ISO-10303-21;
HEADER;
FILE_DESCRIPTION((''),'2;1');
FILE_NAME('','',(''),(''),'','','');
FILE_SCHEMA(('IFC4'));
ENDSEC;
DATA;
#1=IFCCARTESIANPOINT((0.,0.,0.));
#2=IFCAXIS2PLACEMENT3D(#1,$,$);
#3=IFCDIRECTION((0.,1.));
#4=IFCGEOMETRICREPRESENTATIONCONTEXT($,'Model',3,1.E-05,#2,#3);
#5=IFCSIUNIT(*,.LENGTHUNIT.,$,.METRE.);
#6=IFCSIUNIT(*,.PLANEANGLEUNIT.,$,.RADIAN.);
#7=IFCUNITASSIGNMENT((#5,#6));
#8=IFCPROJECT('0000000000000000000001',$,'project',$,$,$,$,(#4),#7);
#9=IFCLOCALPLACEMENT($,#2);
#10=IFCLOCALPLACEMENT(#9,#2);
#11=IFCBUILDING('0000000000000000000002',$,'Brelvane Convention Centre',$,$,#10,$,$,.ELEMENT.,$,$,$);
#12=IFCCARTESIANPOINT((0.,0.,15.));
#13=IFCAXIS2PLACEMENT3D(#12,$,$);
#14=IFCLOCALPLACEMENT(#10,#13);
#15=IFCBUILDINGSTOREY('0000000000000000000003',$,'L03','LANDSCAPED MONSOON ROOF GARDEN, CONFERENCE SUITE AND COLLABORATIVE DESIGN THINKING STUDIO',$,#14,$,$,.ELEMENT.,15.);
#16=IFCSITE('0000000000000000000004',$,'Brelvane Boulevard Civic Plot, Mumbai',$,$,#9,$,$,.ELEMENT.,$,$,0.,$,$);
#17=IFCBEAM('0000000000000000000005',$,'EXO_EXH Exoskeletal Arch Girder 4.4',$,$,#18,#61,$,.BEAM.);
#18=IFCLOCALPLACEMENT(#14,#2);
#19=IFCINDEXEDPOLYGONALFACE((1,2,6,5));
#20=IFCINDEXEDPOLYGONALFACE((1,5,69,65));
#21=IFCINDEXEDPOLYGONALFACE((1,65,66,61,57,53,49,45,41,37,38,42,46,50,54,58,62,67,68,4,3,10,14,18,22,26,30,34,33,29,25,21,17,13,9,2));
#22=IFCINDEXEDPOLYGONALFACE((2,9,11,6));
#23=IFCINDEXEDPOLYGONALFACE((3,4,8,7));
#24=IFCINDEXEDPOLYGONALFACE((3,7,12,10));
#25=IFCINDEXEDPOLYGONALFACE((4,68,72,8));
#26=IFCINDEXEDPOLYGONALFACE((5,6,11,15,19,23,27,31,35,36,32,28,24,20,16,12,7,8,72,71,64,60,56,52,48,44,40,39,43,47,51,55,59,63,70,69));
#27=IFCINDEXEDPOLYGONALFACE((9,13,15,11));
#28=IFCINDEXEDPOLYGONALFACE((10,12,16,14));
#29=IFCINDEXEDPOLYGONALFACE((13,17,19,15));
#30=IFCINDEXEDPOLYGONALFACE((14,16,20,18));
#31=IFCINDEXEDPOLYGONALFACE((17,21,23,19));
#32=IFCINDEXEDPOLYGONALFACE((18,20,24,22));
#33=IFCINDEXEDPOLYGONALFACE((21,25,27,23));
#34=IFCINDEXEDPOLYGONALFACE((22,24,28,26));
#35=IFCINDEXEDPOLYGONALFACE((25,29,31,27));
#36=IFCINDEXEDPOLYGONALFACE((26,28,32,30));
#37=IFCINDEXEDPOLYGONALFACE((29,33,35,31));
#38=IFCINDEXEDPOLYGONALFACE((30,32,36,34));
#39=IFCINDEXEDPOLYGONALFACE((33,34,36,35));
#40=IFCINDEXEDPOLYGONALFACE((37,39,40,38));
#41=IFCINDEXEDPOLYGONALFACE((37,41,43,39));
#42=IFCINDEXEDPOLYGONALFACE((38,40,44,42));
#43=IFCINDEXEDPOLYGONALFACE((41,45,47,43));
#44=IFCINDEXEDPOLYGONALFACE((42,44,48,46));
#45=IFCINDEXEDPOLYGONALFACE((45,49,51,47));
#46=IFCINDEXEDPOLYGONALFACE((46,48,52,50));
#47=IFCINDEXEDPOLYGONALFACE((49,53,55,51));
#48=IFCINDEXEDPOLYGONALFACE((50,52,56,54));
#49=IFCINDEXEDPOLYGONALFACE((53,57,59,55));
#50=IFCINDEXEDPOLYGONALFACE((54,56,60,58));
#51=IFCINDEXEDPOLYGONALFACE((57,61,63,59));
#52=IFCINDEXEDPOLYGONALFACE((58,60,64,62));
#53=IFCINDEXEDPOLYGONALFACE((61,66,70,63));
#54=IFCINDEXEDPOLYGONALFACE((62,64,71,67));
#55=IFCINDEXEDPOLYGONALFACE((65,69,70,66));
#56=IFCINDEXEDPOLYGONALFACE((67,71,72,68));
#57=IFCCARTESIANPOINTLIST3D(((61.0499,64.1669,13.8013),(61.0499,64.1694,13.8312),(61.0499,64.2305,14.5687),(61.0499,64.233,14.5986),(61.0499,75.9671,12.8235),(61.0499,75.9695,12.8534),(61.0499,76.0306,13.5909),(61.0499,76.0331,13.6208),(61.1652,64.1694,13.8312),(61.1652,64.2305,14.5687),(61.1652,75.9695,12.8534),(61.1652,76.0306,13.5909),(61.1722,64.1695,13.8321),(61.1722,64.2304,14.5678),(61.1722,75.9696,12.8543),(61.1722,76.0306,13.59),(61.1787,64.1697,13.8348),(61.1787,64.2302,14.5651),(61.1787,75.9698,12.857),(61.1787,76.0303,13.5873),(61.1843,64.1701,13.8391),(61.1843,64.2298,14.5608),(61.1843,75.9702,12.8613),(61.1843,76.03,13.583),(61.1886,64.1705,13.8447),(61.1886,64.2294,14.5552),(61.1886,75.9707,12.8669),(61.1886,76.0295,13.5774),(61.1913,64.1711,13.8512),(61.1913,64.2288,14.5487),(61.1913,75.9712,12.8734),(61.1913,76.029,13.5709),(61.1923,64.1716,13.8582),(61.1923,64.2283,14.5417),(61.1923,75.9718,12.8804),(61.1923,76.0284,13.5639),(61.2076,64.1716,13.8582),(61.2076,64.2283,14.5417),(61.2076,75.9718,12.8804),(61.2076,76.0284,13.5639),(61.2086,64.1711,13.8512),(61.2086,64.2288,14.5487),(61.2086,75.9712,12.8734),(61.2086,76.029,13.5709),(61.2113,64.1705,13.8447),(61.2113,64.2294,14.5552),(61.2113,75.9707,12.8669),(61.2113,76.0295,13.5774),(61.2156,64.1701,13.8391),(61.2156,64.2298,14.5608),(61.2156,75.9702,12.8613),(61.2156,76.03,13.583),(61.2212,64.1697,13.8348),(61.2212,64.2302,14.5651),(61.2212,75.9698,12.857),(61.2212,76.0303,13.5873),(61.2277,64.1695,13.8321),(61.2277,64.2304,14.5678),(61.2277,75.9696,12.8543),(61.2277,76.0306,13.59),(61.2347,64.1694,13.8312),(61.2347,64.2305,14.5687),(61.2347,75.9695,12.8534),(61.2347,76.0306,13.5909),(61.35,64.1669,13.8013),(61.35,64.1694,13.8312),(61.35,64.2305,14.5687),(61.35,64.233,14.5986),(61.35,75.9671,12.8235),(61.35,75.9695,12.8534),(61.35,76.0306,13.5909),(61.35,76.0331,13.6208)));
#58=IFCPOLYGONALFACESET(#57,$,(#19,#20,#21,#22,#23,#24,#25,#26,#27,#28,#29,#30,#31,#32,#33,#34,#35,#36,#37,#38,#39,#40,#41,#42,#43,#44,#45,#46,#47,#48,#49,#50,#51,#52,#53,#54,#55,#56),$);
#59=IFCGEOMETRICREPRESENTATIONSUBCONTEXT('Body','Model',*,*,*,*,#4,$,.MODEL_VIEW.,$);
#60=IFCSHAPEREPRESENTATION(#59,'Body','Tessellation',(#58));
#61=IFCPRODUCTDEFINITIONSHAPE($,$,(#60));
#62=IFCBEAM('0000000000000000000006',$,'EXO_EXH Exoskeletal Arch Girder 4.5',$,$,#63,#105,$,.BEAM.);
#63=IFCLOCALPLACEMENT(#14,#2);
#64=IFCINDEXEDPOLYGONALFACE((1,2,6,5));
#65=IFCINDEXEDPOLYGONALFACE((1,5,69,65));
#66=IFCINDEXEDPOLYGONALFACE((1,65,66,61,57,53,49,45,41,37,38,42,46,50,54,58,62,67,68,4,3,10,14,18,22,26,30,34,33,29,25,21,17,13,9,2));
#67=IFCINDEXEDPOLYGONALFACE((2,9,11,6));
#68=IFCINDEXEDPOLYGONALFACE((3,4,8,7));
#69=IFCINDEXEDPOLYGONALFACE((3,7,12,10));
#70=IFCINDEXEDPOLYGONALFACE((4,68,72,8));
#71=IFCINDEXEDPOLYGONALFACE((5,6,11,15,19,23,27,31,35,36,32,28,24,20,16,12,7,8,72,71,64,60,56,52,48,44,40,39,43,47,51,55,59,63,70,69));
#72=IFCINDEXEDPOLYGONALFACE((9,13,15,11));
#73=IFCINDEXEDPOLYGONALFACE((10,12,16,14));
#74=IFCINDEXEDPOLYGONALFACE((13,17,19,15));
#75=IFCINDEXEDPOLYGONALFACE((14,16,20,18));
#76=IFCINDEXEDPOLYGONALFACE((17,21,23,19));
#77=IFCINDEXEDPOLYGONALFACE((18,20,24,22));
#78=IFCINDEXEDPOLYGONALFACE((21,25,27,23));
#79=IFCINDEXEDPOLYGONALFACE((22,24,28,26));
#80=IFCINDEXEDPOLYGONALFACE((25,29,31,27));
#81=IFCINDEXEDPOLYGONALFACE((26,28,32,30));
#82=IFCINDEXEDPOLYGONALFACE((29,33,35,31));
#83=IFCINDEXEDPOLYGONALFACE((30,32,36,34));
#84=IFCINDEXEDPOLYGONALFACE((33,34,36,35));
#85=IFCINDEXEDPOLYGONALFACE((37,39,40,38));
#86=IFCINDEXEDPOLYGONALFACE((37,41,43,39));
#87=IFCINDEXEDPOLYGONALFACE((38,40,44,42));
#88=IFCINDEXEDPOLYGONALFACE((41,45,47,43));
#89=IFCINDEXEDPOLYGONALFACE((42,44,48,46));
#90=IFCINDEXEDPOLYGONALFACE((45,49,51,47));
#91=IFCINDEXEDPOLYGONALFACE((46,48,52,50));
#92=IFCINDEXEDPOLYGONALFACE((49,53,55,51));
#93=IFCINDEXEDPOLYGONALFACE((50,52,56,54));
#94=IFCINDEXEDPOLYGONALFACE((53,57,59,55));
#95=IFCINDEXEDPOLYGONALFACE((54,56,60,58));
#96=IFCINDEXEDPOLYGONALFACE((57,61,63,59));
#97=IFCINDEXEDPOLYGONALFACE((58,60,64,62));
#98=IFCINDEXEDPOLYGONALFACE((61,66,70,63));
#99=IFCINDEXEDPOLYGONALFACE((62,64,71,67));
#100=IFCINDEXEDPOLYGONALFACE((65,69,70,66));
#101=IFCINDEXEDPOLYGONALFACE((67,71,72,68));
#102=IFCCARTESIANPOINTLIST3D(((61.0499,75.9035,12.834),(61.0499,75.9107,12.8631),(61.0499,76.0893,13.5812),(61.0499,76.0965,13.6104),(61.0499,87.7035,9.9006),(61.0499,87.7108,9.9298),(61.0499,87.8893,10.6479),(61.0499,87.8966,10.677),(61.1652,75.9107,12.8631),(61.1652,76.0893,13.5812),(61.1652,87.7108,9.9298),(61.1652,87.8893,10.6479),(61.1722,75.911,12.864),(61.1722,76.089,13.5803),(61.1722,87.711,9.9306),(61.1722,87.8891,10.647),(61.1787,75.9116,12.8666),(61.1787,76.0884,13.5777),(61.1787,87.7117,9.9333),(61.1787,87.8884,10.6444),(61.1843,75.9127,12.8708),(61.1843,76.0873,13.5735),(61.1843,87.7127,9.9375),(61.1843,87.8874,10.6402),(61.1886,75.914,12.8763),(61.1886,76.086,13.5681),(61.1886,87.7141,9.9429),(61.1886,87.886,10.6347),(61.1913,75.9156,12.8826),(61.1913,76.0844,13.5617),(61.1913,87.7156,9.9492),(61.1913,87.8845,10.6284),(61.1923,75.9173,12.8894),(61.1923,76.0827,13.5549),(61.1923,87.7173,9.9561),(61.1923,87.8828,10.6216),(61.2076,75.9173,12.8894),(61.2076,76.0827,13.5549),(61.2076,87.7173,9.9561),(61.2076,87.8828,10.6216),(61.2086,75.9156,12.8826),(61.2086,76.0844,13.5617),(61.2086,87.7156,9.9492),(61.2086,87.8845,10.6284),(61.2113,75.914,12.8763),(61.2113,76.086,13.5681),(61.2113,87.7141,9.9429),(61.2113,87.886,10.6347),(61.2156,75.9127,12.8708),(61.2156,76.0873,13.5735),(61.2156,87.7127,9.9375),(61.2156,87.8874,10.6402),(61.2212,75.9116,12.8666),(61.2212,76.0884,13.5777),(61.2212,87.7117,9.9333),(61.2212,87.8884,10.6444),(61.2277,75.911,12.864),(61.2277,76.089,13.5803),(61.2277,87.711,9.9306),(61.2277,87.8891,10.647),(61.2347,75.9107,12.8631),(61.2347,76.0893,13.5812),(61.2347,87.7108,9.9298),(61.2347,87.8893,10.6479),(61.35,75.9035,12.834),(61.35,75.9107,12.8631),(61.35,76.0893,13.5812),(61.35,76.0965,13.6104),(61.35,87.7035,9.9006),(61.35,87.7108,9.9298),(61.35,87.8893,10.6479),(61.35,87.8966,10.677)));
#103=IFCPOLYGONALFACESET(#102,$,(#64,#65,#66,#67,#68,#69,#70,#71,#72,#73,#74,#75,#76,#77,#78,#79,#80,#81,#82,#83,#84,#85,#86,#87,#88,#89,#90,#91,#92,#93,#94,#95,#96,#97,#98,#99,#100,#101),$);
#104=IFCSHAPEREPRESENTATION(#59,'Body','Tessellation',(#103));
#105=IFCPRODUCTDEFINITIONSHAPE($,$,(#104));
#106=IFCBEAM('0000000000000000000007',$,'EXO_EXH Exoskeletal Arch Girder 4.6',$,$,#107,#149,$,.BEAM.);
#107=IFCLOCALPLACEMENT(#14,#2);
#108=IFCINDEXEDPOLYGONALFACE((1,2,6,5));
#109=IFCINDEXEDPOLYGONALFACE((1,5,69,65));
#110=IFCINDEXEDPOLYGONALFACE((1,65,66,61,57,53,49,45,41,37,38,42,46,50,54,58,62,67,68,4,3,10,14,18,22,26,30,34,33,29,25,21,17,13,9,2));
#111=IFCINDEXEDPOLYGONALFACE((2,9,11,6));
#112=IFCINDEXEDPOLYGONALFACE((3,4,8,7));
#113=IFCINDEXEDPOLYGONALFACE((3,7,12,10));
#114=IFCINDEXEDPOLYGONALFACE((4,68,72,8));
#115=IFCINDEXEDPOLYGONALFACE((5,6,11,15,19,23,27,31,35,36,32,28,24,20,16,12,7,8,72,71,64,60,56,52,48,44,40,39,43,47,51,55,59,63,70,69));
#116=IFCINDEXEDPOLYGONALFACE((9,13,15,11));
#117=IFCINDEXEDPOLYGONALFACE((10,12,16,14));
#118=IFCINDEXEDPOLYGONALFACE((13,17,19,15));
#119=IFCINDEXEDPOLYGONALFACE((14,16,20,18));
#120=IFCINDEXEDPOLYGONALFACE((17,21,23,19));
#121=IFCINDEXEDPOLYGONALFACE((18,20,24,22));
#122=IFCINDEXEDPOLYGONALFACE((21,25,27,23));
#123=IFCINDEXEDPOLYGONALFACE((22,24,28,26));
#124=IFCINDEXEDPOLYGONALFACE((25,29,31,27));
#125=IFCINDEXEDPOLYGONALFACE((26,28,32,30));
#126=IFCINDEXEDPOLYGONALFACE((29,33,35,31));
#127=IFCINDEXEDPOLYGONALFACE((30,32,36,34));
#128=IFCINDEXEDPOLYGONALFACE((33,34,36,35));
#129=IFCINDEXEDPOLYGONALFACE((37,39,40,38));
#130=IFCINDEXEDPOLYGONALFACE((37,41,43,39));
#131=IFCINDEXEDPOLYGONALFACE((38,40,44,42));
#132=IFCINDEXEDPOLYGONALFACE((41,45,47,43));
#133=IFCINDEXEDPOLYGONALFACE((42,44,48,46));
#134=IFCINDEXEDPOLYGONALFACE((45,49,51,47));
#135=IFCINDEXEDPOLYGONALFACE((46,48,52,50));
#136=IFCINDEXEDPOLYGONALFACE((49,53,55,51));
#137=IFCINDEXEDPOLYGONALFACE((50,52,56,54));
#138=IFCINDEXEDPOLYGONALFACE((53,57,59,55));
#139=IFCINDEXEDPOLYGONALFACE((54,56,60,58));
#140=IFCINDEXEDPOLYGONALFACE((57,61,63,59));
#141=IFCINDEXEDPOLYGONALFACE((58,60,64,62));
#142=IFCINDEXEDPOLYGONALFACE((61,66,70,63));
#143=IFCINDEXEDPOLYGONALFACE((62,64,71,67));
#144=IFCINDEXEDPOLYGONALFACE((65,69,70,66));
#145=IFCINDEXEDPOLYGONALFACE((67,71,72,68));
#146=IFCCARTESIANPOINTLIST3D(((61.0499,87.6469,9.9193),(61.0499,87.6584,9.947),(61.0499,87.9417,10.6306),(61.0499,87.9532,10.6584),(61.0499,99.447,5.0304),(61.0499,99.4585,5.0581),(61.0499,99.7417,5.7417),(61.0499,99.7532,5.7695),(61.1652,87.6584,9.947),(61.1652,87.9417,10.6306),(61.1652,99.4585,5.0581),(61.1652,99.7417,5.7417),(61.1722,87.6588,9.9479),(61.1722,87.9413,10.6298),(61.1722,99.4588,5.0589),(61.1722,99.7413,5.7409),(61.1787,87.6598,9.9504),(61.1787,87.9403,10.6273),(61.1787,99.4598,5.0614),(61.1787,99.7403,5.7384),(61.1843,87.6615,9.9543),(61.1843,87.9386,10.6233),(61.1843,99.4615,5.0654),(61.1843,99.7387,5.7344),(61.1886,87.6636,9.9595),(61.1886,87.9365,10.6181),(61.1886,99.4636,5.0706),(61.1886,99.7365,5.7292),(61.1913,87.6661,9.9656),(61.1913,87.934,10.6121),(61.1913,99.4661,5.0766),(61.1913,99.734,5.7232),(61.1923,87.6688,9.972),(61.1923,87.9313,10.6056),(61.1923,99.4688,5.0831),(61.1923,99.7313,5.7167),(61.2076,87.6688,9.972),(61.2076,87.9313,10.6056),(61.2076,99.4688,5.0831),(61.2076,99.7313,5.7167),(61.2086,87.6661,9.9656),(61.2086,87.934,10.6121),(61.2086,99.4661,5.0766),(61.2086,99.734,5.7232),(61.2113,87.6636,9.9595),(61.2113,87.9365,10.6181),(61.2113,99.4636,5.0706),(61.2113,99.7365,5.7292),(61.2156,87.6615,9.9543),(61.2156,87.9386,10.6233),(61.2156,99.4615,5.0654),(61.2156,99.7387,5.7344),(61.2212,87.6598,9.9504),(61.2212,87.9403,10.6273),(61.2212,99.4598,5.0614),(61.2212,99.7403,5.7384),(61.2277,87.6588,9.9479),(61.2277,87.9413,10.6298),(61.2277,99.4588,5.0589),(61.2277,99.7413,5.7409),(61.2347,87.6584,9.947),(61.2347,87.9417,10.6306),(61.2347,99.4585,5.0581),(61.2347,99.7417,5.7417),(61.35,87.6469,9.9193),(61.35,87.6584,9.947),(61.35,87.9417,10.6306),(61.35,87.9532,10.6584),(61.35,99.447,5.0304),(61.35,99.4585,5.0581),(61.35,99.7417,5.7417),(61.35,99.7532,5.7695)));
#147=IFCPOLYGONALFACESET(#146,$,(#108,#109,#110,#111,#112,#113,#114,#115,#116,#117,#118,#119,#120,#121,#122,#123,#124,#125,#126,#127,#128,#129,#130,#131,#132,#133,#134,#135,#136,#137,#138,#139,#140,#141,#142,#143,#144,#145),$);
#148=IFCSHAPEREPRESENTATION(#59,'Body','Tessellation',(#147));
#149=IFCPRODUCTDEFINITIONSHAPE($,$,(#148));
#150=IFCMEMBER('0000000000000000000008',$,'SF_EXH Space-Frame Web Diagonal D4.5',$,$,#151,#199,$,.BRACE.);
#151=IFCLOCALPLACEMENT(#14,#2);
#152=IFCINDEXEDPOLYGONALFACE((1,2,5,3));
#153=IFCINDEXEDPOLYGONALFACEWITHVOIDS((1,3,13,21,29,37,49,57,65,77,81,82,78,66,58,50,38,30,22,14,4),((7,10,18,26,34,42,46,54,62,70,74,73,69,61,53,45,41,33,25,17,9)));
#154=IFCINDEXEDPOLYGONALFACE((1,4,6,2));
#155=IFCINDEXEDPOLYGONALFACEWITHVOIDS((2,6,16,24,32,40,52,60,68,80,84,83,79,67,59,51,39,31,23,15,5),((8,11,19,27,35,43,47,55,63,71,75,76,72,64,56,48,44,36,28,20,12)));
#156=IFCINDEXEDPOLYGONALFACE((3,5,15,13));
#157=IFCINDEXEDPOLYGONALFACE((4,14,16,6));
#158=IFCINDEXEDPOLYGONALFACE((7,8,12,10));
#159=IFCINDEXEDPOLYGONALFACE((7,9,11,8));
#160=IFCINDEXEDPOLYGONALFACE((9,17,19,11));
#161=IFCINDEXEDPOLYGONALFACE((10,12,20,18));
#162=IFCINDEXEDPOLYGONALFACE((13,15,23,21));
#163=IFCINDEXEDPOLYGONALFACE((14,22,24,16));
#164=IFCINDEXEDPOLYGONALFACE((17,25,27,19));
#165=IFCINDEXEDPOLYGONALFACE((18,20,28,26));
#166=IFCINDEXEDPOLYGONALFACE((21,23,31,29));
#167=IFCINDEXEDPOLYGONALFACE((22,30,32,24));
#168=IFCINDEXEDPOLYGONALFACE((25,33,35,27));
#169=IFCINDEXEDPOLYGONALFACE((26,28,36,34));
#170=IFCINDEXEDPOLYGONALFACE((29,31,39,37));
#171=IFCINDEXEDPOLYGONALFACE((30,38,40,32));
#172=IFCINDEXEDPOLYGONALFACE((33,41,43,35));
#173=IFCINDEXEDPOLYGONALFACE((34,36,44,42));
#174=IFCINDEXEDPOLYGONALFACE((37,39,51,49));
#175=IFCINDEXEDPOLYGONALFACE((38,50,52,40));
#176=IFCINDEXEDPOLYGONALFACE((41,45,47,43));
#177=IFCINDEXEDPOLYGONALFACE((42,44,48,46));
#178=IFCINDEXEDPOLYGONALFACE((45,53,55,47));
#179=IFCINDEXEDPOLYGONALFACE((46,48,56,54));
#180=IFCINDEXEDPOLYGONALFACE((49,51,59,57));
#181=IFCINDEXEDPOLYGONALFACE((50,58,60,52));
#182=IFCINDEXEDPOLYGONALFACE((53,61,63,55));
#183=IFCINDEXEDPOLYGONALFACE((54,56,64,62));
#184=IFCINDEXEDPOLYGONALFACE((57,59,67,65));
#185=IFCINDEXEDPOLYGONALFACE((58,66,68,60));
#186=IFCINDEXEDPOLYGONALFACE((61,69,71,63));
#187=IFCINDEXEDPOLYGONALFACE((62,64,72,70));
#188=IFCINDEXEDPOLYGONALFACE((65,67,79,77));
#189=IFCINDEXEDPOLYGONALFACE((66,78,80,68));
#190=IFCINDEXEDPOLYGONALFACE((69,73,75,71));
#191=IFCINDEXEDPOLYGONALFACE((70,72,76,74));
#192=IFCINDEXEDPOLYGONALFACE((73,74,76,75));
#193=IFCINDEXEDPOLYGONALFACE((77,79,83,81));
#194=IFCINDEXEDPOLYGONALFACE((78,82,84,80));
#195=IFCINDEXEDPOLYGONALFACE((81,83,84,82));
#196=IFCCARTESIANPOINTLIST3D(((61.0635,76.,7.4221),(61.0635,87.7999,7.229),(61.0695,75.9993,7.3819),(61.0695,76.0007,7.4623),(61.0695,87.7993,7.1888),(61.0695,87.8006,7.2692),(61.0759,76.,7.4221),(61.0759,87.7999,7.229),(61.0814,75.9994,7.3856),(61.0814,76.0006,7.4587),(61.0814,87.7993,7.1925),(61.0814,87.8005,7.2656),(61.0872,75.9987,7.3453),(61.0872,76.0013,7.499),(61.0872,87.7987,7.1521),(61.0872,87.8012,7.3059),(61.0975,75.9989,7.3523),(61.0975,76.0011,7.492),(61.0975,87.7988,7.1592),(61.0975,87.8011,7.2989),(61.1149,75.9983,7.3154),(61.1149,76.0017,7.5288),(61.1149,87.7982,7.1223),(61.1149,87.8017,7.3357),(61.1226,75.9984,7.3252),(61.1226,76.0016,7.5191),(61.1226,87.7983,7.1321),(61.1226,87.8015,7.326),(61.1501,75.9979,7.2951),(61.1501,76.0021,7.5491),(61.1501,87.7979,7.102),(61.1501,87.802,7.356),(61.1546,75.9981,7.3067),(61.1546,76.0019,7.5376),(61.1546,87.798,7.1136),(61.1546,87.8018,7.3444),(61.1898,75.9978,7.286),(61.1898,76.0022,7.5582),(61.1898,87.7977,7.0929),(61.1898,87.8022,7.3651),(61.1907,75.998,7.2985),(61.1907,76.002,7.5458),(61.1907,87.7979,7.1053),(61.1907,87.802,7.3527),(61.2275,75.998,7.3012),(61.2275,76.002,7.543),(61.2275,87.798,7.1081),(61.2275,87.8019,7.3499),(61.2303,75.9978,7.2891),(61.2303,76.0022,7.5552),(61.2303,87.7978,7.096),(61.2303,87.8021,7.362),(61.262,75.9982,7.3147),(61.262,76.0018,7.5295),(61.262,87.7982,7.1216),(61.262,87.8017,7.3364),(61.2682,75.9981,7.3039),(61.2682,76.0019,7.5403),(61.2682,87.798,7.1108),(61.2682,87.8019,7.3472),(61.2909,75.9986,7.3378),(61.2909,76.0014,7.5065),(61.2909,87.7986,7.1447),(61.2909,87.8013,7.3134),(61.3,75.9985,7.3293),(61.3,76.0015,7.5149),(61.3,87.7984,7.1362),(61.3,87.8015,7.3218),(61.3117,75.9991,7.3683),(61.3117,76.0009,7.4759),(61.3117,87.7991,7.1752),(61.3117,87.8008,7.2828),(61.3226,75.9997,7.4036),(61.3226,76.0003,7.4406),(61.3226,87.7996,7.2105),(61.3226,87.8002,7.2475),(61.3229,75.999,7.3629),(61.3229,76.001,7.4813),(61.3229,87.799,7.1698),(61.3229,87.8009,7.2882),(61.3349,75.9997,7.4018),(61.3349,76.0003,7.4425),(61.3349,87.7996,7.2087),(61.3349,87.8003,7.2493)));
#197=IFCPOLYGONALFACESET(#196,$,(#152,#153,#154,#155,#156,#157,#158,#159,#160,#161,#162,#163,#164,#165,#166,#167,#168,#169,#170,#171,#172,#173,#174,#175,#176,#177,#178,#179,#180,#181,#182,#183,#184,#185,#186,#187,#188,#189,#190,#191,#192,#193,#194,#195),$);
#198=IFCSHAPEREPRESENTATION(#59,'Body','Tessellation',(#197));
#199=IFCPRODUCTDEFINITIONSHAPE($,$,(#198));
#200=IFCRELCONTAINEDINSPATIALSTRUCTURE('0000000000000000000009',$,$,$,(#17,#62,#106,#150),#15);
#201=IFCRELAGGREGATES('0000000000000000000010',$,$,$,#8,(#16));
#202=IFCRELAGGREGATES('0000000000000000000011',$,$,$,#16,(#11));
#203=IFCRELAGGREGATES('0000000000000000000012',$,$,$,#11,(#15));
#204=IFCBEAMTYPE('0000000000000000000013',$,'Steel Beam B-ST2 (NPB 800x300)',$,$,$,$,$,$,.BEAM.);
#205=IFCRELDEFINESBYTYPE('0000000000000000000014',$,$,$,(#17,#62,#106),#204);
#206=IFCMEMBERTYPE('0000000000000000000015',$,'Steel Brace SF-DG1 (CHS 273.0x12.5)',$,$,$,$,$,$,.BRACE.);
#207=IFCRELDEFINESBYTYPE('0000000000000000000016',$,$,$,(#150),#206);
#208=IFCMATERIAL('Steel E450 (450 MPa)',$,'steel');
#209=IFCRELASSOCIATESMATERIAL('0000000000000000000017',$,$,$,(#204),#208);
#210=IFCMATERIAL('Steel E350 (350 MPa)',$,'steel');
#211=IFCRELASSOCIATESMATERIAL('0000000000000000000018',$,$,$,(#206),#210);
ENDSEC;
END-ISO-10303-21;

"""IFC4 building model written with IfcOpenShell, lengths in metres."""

from ifc_helpers import new_model, si_unit, direction, frame, origin, origin_2d, place, context, subcontext, project, spatial, hollow_circle, i_section, extrude, material, material_profile, profile_set, type_object, element, save


model = new_model("IFC4")

# Units and contexts
model_context = context("Model", 3, precision=1e-05, world=origin(), true_north=direction((0.0, 1.0)))
body_context = subcontext(model_context, "Body", "Model", "MODEL_VIEW")
ifc_project = project(units=[si_unit("LENGTHUNIT", "METRE"), si_unit("PLANEANGLEUNIT", "RADIAN")], contexts=[model_context])

# Site, building, storey
site_placement = place(None, origin())
site = spatial("IfcSite", under=ifc_project, at=site_placement, Name="Brelvane Boulevard Civic Plot, Mumbai", CompositionType="ELEMENT", RefElevation=0.0)
building_placement = place(site_placement, origin())
building = spatial("IfcBuilding", under=site, at=building_placement, Name="Brelvane Convention Centre", CompositionType="ELEMENT")
storey_placement = place(building_placement, frame((0.0, 0.0, 15.0)))
storey = spatial("IfcBuildingStorey", under=building, at=storey_placement, Name="L03", Description="LANDSCAPED MONSOON ROOF GARDEN, CONFERENCE SUITE AND COLLABORATIVE DESIGN THINKING STUDIO", CompositionType="ELEMENT", Elevation=15.0)

# Beams
ifc_material_1 = material(Name="Steel E450 (450 MPa)", Category="steel")
ifc_material_profile_1 = material_profile(ifc_material_1, i_section(OverallWidth=0.3, OverallDepth=0.8, WebThickness=0.0154, FlangeThickness=0.03, FilletRadius=0.0271, at=origin_2d()), Name="NPB 800x300")
ifc_profile_set_1 = profile_set([ifc_material_profile_1], Name="Steel E450 (450 MPa)")
beam_type = type_object("IfcBeamType", Name="Steel Beam B-ST2 (NPB 800x300)", PredefinedType="BEAM", material=ifc_profile_set_1)
beam_1_placement = place(storey_placement, frame((61.2, 64.2, 14.2), z_axis=(0.0, 0.996584, -0.08258), x_axis=(-1.0, 0.0, 0.0)))
element("IfcBeam", 1, at=beam_1_placement, inside=storey, type_object=beam_type, Name="EXO_EXH Exoskeletal Arch Girder 4.4", PredefinedType="BEAM", context=body_context, shape_type="SweptSolid", body=[
    extrude(i_section(OverallWidth=0.3, OverallDepth=0.8, WebThickness=0.0154, FlangeThickness=0.03, FilletRadius=0.0271, at=origin_2d()), origin(), (0.0, 0.0, 1.0), 11.8406),
])
beam_2_placement = place(storey_placement, frame((61.2, 76.0, 13.2222), z_axis=(0.0, 0.970464, -0.241246), x_axis=(-1.0, 0.0, 0.0)))
element("IfcBeam", 2, at=beam_2_placement, inside=storey, type_object=beam_type, Name="EXO_EXH Exoskeletal Arch Girder 4.5", PredefinedType="BEAM", context=body_context, shape_type="SweptSolid", body=[
    extrude(i_section(OverallWidth=0.3, OverallDepth=0.8, WebThickness=0.0154, FlangeThickness=0.03, FilletRadius=0.0271, at=origin_2d()), origin(), (0.0, 0.0, 1.0), 12.1592),
])
beam_3_placement = place(storey_placement, frame((61.2, 87.8, 10.2888), z_axis=(0.0, 0.923847, -0.382762), x_axis=(-1.0, 0.0, 0.0)))
element("IfcBeam", 3, at=beam_3_placement, inside=storey, type_object=beam_type, Name="EXO_EXH Exoskeletal Arch Girder 4.6", PredefinedType="BEAM", context=body_context, shape_type="SweptSolid", body=[
    extrude(i_section(OverallWidth=0.3, OverallDepth=0.8, WebThickness=0.0154, FlangeThickness=0.03, FilletRadius=0.0271, at=origin_2d()), origin(), (0.0, 0.0, 1.0), 12.7727),
])

# Member
ifc_material_2 = material(Name="Steel E350 (350 MPa)", Category="steel")
ifc_material_profile_2 = material_profile(ifc_material_2, hollow_circle(Radius=0.1365, WallThickness=0.0125, at=origin_2d()), Name="CHS 273.0x12.5")
ifc_profile_set_2 = profile_set([ifc_material_profile_2], Name="Steel E350 (350 MPa)")
member_type_1 = type_object("IfcMemberType", Name="Steel Brace SF-DG1 (CHS 273.0x12.5)", PredefinedType="BRACE", material=ifc_profile_set_2)
member_1_placement = place(storey_placement, frame((61.2, 76.0, 7.4221), z_axis=(0.0, 0.999866, -0.016363), x_axis=(-1.0, 0.0, 0.0)))
element("IfcMember", 4, at=member_1_placement, inside=storey, type_object=member_type_1, Name="SF_EXH Space-Frame Web Diagonal D4.5", PredefinedType="BRACE", context=body_context, shape_type="SweptSolid", body=[
    extrude(hollow_circle(Radius=0.1365, WallThickness=0.0125, at=origin_2d()), origin(), (0.0, 0.0, 1.0), 11.8015),
])

save(model, "model.ifc")
